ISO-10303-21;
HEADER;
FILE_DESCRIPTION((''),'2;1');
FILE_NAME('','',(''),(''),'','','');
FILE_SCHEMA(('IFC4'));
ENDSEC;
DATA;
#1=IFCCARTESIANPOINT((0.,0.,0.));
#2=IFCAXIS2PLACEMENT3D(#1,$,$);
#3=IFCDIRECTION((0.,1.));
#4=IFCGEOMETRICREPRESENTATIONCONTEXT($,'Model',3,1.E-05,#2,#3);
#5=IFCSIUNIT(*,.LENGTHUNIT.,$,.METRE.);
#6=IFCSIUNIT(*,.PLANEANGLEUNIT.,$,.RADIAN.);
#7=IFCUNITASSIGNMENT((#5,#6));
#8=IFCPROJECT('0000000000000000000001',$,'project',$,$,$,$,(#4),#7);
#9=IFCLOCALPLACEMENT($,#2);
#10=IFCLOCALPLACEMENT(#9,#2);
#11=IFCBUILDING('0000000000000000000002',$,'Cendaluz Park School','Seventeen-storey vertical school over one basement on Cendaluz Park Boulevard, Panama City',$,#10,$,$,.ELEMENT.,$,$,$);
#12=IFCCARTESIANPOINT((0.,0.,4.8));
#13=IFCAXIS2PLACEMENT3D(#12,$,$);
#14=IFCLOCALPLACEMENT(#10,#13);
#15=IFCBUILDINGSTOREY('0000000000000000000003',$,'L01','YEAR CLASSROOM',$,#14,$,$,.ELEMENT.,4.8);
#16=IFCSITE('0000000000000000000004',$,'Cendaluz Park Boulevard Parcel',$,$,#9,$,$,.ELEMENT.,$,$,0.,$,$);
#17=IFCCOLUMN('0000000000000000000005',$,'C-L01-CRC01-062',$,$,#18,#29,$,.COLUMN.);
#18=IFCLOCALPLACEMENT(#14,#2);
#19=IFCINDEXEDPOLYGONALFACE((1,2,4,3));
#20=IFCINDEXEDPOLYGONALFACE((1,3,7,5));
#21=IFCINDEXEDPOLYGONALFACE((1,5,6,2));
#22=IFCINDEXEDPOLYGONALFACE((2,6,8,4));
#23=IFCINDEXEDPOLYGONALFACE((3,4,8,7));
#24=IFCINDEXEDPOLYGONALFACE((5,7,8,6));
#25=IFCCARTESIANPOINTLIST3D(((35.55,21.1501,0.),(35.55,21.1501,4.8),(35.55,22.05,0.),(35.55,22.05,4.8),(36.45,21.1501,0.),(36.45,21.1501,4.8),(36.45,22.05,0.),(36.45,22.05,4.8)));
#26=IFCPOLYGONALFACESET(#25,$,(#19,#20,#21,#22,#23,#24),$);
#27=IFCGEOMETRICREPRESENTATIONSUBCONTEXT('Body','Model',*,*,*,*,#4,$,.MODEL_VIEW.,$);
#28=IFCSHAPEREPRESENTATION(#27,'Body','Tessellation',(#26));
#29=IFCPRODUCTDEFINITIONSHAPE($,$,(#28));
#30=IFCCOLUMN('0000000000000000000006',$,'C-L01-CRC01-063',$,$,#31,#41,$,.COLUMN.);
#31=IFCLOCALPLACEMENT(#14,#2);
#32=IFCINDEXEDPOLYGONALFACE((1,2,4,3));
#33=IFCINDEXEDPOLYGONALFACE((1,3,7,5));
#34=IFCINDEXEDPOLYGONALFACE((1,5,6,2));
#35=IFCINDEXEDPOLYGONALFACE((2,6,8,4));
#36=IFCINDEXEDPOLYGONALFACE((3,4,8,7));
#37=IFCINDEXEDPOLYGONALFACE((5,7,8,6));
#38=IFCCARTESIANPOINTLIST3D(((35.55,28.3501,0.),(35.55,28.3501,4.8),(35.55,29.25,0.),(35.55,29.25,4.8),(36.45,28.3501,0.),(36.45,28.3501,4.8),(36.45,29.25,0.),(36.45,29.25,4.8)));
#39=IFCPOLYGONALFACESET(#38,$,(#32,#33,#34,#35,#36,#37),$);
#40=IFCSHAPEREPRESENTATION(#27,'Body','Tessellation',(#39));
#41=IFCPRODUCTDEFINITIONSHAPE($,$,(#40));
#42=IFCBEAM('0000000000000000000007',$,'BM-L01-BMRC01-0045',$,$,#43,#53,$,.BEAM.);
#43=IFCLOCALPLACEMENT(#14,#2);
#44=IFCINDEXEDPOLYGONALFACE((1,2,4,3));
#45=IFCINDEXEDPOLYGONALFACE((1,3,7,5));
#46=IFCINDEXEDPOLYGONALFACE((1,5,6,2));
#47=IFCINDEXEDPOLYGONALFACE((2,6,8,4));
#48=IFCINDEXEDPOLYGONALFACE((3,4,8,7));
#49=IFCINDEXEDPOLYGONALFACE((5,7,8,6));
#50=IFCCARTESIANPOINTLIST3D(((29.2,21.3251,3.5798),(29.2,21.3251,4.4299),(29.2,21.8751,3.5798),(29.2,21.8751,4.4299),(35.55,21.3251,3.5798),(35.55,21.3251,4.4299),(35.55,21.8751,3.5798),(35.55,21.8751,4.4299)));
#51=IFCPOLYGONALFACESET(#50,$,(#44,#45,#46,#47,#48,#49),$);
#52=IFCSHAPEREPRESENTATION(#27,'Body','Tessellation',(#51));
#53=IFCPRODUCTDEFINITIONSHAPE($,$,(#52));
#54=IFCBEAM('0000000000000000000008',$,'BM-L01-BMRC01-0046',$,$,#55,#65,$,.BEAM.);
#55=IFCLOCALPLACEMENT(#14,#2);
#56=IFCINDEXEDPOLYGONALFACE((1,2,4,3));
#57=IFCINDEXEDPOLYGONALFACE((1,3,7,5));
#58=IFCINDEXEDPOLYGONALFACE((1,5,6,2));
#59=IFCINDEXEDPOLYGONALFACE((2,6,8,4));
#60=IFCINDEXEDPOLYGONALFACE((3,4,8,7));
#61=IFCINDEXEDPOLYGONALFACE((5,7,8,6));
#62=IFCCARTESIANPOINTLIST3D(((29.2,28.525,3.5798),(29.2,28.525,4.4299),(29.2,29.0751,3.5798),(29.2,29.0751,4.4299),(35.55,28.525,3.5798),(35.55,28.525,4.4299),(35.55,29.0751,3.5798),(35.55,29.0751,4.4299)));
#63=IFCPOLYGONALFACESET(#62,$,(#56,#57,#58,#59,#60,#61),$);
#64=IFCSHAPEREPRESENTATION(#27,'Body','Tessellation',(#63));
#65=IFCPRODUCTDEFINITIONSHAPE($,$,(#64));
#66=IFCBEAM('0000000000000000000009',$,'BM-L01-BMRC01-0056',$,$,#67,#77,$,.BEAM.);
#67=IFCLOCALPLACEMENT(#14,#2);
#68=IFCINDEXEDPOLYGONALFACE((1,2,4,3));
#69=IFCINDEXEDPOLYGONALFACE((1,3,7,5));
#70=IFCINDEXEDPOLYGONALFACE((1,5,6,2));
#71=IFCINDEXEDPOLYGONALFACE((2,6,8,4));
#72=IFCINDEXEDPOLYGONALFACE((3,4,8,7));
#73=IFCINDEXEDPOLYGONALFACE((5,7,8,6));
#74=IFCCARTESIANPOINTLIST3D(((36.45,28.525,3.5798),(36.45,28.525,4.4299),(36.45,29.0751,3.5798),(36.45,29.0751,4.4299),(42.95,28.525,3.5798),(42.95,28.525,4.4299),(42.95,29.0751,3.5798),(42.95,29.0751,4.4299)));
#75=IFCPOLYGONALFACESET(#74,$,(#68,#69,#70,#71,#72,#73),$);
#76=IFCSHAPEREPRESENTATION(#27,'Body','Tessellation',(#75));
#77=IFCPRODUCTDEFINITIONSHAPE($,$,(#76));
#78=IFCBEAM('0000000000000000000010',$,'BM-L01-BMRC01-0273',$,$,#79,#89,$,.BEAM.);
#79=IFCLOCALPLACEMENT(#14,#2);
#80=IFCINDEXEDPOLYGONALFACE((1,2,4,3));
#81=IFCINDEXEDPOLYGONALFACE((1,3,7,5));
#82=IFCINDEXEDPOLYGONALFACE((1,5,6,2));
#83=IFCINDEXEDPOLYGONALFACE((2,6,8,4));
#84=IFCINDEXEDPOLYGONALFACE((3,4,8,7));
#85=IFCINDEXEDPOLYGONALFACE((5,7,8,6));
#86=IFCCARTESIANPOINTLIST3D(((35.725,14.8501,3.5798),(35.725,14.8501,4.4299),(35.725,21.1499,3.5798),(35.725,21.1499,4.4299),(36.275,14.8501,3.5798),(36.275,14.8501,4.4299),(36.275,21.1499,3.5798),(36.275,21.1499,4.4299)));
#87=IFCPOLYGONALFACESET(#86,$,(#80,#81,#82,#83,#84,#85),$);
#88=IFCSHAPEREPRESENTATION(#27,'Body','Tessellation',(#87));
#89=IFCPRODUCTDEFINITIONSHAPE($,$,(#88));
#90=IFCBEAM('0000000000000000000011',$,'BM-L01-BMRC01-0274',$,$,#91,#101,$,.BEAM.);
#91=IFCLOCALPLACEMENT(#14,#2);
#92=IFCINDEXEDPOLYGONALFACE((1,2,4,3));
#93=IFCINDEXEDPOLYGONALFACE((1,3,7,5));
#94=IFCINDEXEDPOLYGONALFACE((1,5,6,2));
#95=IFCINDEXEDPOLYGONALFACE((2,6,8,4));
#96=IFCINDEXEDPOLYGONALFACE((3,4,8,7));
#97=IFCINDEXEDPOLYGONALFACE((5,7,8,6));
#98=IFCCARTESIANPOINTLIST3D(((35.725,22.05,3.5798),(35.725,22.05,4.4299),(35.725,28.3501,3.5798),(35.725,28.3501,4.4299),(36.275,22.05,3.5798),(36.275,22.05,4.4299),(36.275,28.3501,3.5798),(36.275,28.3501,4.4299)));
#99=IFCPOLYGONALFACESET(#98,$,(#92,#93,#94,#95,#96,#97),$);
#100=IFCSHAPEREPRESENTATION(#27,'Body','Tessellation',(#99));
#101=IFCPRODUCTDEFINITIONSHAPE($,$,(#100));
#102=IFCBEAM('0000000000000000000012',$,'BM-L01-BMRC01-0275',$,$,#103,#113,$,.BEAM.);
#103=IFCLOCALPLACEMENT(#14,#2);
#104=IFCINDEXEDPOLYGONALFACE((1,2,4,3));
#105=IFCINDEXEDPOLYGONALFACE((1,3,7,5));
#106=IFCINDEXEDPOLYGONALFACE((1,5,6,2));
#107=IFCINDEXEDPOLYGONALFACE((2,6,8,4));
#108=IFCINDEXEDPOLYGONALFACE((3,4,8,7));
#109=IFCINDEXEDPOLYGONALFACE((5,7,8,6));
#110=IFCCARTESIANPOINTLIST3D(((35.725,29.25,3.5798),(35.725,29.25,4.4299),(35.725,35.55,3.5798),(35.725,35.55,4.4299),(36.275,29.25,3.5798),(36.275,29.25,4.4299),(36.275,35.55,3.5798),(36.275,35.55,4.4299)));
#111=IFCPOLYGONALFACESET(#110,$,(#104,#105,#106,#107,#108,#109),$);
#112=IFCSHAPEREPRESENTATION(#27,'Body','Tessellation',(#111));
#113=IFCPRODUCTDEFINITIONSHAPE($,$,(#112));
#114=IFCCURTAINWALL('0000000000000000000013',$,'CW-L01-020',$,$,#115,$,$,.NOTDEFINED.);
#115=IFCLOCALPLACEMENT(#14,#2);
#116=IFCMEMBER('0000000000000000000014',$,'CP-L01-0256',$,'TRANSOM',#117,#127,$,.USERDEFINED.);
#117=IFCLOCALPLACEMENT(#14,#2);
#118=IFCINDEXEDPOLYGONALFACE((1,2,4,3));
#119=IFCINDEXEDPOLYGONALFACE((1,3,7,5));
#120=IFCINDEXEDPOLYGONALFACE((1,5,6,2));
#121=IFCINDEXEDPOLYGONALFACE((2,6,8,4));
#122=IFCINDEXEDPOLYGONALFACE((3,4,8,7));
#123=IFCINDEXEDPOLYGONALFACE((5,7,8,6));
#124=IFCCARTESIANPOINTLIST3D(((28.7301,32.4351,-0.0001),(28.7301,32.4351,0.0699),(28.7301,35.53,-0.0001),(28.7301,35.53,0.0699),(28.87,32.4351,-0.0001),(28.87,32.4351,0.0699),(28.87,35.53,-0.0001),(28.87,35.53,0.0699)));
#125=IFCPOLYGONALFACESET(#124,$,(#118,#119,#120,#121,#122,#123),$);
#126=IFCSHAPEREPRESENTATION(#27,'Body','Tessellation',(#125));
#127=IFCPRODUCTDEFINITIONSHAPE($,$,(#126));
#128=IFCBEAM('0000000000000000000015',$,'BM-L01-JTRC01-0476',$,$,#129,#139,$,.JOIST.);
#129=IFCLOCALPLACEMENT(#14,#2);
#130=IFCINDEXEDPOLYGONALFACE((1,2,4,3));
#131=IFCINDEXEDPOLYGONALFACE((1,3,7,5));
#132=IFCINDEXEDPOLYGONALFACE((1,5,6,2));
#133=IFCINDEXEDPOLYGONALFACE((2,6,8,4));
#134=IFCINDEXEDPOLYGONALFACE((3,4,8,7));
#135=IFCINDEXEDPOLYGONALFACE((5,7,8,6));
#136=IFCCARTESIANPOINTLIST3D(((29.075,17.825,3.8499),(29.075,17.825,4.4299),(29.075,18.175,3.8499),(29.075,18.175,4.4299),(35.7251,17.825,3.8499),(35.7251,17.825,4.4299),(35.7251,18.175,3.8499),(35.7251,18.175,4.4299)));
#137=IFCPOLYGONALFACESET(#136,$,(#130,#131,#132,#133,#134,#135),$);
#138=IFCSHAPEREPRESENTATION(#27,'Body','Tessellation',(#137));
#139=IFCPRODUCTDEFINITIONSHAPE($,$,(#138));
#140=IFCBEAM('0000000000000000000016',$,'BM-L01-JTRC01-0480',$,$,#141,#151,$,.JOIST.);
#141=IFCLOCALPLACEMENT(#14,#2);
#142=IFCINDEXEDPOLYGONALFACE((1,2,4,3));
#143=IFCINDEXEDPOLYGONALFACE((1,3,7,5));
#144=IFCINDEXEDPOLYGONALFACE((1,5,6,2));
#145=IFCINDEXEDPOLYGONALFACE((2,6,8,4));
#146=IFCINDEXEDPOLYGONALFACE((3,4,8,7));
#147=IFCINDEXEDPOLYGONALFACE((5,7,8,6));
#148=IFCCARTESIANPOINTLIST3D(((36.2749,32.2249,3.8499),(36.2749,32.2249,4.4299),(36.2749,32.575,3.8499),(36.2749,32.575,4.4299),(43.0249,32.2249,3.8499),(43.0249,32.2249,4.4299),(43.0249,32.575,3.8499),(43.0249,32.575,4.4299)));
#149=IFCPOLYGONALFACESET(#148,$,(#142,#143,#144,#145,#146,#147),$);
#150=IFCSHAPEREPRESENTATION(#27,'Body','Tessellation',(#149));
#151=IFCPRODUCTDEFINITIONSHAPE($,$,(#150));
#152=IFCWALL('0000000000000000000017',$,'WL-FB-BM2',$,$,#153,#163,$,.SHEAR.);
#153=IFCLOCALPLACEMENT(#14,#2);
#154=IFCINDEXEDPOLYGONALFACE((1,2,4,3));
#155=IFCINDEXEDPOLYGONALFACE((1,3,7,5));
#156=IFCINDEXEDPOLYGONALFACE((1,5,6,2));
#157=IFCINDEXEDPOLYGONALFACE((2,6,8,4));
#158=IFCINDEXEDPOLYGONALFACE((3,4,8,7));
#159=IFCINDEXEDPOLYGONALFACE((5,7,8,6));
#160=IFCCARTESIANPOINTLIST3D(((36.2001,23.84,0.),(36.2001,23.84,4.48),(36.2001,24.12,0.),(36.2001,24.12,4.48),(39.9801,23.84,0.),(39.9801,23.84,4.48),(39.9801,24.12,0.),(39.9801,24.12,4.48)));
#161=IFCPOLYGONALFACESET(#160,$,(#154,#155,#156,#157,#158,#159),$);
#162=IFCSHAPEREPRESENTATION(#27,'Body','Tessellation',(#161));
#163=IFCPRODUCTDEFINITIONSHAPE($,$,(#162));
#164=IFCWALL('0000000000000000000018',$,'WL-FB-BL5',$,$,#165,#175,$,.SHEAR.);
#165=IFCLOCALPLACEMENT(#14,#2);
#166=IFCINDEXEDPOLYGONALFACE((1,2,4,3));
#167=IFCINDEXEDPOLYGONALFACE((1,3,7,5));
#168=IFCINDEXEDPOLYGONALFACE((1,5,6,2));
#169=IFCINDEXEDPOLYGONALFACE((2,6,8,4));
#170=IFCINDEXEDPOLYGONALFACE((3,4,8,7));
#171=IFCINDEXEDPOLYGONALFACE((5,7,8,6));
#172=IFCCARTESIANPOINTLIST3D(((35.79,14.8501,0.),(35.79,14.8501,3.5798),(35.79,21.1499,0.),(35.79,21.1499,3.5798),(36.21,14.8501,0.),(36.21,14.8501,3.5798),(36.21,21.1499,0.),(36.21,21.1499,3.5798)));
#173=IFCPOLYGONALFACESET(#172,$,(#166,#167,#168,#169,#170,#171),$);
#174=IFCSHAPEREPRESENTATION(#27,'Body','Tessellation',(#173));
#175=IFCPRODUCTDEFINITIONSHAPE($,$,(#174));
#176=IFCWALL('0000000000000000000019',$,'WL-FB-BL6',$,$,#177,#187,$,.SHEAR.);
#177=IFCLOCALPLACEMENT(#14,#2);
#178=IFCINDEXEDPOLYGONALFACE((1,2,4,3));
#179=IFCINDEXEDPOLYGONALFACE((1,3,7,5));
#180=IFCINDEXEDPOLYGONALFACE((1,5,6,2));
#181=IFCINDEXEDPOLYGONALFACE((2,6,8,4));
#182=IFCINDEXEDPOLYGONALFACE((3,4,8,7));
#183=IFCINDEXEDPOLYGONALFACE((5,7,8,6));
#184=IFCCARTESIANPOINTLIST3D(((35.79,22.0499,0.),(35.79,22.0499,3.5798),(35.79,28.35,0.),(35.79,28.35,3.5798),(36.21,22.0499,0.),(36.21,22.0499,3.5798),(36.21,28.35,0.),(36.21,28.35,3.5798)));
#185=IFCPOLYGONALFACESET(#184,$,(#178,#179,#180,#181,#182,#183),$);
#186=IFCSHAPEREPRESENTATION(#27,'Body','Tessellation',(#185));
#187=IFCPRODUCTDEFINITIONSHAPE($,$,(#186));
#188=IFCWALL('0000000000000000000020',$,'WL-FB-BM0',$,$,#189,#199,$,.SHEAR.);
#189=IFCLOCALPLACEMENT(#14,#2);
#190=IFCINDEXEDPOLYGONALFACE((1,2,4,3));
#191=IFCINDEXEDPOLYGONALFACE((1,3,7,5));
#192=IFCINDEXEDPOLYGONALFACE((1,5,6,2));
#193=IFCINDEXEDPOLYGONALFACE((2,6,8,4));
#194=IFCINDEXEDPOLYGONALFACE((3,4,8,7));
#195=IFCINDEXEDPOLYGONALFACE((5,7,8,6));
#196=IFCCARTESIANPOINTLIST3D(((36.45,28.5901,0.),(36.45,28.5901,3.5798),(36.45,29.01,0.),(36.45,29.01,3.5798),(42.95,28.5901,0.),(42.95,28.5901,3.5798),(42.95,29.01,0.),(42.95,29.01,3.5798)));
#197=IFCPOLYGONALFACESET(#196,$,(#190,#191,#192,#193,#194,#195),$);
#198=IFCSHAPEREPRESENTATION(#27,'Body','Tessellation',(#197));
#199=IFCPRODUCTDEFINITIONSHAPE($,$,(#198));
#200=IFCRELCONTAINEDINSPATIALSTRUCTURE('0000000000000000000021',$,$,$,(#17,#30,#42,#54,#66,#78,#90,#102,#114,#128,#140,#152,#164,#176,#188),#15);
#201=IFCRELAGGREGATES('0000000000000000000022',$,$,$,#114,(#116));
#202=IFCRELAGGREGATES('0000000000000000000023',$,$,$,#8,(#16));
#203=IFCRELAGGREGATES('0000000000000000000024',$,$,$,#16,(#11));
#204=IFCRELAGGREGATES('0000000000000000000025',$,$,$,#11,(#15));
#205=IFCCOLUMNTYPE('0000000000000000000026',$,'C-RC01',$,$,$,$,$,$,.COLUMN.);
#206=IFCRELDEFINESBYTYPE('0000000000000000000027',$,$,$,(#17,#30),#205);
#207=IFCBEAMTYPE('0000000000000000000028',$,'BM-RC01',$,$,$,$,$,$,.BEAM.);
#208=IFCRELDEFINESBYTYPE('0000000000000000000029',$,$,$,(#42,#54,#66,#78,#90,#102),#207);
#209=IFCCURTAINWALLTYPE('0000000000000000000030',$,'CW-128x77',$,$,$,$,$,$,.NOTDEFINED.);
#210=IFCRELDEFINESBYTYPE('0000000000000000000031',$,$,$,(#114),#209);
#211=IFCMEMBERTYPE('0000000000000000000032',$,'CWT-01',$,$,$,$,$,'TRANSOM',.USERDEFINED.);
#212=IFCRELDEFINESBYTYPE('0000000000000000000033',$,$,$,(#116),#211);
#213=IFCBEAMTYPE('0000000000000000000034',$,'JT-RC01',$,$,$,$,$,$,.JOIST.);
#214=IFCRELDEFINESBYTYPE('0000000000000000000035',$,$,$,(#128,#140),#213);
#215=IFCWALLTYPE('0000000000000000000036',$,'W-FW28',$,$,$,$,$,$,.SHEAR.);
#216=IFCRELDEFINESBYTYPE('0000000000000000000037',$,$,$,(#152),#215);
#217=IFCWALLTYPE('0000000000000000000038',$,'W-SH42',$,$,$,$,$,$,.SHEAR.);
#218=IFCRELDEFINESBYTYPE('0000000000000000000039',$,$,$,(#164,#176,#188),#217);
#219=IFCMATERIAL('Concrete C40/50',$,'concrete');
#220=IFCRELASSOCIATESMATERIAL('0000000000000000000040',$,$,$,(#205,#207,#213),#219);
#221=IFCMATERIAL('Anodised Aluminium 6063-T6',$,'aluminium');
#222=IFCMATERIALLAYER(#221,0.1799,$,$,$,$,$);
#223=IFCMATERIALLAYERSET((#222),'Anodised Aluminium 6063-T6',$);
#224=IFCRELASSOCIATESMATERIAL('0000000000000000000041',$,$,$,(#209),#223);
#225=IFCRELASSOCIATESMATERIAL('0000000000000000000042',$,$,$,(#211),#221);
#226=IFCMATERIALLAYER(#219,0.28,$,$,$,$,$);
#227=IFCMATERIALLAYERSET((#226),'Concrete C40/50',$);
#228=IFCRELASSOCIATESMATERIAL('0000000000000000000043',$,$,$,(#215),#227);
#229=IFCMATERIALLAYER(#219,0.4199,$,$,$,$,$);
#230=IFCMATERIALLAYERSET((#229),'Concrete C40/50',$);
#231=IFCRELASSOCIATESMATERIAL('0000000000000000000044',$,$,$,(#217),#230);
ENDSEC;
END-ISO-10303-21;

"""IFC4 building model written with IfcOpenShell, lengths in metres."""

from ifc_helpers import new_model, si_unit, direction, frame, frame_2d, origin, origin_2d, place, context, subcontext, project, spatial, rectangle, extrude, material, layer, layer_set, material_profile, profile_set, type_object, element, aggregate, save


model = new_model("IFC4")

# Units and contexts
model_context = context("Model", 3, precision=1e-05, world=origin(), true_north=direction((0.0, 1.0)))
body_context = subcontext(model_context, "Body", "Model", "MODEL_VIEW")
ifc_project = project(units=[si_unit("LENGTHUNIT", "METRE"), si_unit("PLANEANGLEUNIT", "RADIAN")], contexts=[model_context])

# Site, building, storey
site_placement = place(None, origin())
site = spatial("IfcSite", under=ifc_project, at=site_placement, Name="Cendaluz Park Boulevard Parcel", CompositionType="ELEMENT", RefElevation=0.0)
building_placement = place(site_placement, origin())
building = spatial("IfcBuilding", under=site, at=building_placement, Name="Cendaluz Park School", Description="Seventeen-storey vertical school over one basement on Cendaluz Park Boulevard, Panama City", CompositionType="ELEMENT")
storey_placement = place(building_placement, frame((0.0, 0.0, 4.8)))
storey = spatial("IfcBuildingStorey", under=building, at=storey_placement, Name="L01", Description="YEAR CLASSROOM", CompositionType="ELEMENT", Elevation=4.8)

# Columns
ifc_material_1 = material(Name="Concrete C40/50", Category="concrete")
ifc_material_profile_1 = material_profile(ifc_material_1, rectangle(XDim=0.8999, YDim=0.8999, at=origin_2d()), Name="RC 900x900", Category="concrete")
ifc_profile_set_1 = profile_set([ifc_material_profile_1], Name="Concrete C40/50")
column_type = type_object("IfcColumnType", Name="C-RC01", PredefinedType="COLUMN", material=ifc_profile_set_1)
for number, where, z_axis, x_axis, name in (
    (1, (36.0, 21.6001, 0.0), (0.0, 0.0, 1.0), (1.0, 0.0, 0.0), "C-L01-CRC01-062"),
    (2, (36.0, 28.8, 0.0), (0.0, 0.0, 1.0), (1.0, 0.0, 0.0), "C-L01-CRC01-063"),
):
    element("IfcColumn", number, at=place(storey_placement, frame(where, z_axis=z_axis, x_axis=x_axis)), inside=storey, type_object=column_type, Name=name, PredefinedType="COLUMN", context=body_context, shape_type="SweptSolid", body=[
        extrude(rectangle(XDim=0.8999, YDim=0.8999, at=origin_2d()), origin(), (0.0, 0.0, 1.0), 4.8),
    ])

# Beams
ifc_material_profile_2 = material_profile(ifc_material_1, rectangle(XDim=0.55, YDim=0.8501, at=origin_2d()), Name="RC 550x850", Category="concrete")
ifc_profile_set_2 = profile_set([ifc_material_profile_2], Name="Concrete C40/50")
beam_type_1 = type_object("IfcBeamType", Name="BM-RC01", PredefinedType="BEAM", material=ifc_profile_set_2)
for number, where, z_axis, x_axis, name in (
    (3, (29.2, 21.6001, 4.0049), (1.0, 0.0, 0.0), (0.0, 1.0, 0.0), "BM-L01-BMRC01-0045"),
    (4, (29.2, 28.8, 4.0049), (1.0, 0.0, 0.0), (0.0, 1.0, 0.0), "BM-L01-BMRC01-0046"),
):
    element("IfcBeam", number, at=place(storey_placement, frame(where, z_axis=z_axis, x_axis=x_axis)), inside=storey, type_object=beam_type_1, Name=name, PredefinedType="BEAM", context=body_context, shape_type="SweptSolid", body=[
        extrude(rectangle(XDim=0.55, YDim=0.8501, at=origin_2d()), origin(), (0.0, 0.0, 1.0), 6.3501),
    ])
beam_1_placement = place(storey_placement, frame((36.45, 28.8, 4.0049), z_axis=(1.0, 0.0, 0.0), x_axis=(0.0, 1.0, 0.0)))
element("IfcBeam", 5, at=beam_1_placement, inside=storey, type_object=beam_type_1, Name="BM-L01-BMRC01-0056", PredefinedType="BEAM", context=body_context, shape_type="SweptSolid", body=[
    extrude(rectangle(XDim=0.55, YDim=0.8501, at=origin_2d()), origin(), (0.0, 0.0, 1.0), 6.5),
])
beam_2_placement = place(storey_placement, frame((36.0, 14.8501, 4.0049), z_axis=(0.0, 1.0, 0.0), x_axis=(-1.0, 0.0, 0.0)))
element("IfcBeam", 6, at=beam_2_placement, inside=storey, type_object=beam_type_1, Name="BM-L01-BMRC01-0273", PredefinedType="BEAM", context=body_context, shape_type="SweptSolid", body=[
    extrude(rectangle(XDim=0.55, YDim=0.8501, at=origin_2d()), origin(), (0.0, 0.0, 1.0), 6.2998),
])
for number, where, z_axis, x_axis, name in (
    (7, (36.0, 22.05, 4.0049), (0.0, 1.0, 0.0), (-1.0, 0.0, 0.0), "BM-L01-BMRC01-0274"),
    (8, (36.0, 29.25, 4.0049), (0.0, 1.0, 0.0), (-1.0, 0.0, 0.0), "BM-L01-BMRC01-0275"),
):
    element("IfcBeam", number, at=place(storey_placement, frame(where, z_axis=z_axis, x_axis=x_axis)), inside=storey, type_object=beam_type_1, Name=name, PredefinedType="BEAM", context=body_context, shape_type="SweptSolid", body=[
        extrude(rectangle(XDim=0.55, YDim=0.8501, at=origin_2d()), origin(), (0.0, 0.0, 1.0), 6.3),
    ])

# Curtain wall, member
ifc_material_2 = material(Name="Anodised Aluminium 6063-T6", Category="aluminium")
ifc_layer_1 = layer(ifc_material_2, 0.1799)
ifc_layer_set_1 = layer_set([ifc_layer_1], Name="Anodised Aluminium 6063-T6")
curtain_wall_type = type_object("IfcCurtainWallType", Name="CW-128x77", PredefinedType="NOTDEFINED", material=ifc_layer_set_1)
curtain_wall_placement = place(storey_placement, origin())
curtain_wall = element("IfcCurtainWall", 9, at=curtain_wall_placement, inside=storey, type_object=curtain_wall_type, Name="CW-L01-020", PredefinedType="NOTDEFINED")
ifc_material_profile_3 = material_profile(ifc_material_2, rectangle(XDim=0.1399, YDim=0.0701, at=origin_2d()), Name="CWT 140x70", Category="aluminium")
ifc_profile_set_3 = profile_set([ifc_material_profile_3], Name="Anodised Aluminium 6063-T6")
member_type = type_object("IfcMemberType", Name="CWT-01", ElementType="TRANSOM", PredefinedType="USERDEFINED", material=ifc_profile_set_3)
member_placement = place(storey_placement, frame((28.8, 32.4351, 0.0349), z_axis=(0.0, 1.0, 0.0), x_axis=(-1.0, 0.0, 0.0)))
member = element("IfcMember", 10, at=member_placement, type_object=member_type, Name="CP-L01-0256", ObjectType="TRANSOM", PredefinedType="USERDEFINED", context=body_context, shape_type="SweptSolid", body=[
    extrude(rectangle(XDim=0.1399, YDim=0.0701, at=origin_2d()), origin(), (0.0, 0.0, 1.0), 3.095),
])
aggregate(curtain_wall, [member])

# Beams
ifc_material_profile_4 = material_profile(ifc_material_1, rectangle(XDim=0.3501, YDim=0.5801, at=origin_2d()), Name="RC 350x580", Category="concrete")
ifc_profile_set_4 = profile_set([ifc_material_profile_4], Name="Concrete C40/50")
beam_type_2 = type_object("IfcBeamType", Name="JT-RC01", PredefinedType="JOIST", material=ifc_profile_set_4)
beam_3_placement = place(storey_placement, frame((29.075, 18.0, 4.1399), z_axis=(1.0, 0.0, 0.0), x_axis=(0.0, 1.0, 0.0)))
element("IfcBeam", 11, at=beam_3_placement, inside=storey, type_object=beam_type_2, Name="BM-L01-JTRC01-0476", PredefinedType="JOIST", context=body_context, shape_type="SweptSolid", body=[
    extrude(rectangle(XDim=0.3501, YDim=0.5801, at=origin_2d()), origin(), (0.0, 0.0, 1.0), 6.6501),
])
beam_4_placement = place(storey_placement, frame((36.2749, 32.3999, 4.1399), z_axis=(1.0, 0.0, 0.0), x_axis=(0.0, 1.0, 0.0)))
element("IfcBeam", 12, at=beam_4_placement, inside=storey, type_object=beam_type_2, Name="BM-L01-JTRC01-0480", PredefinedType="JOIST", context=body_context, shape_type="SweptSolid", body=[
    extrude(rectangle(XDim=0.3501, YDim=0.5801, at=origin_2d()), origin(), (0.0, 0.0, 1.0), 6.75),
])

# Wall
ifc_layer_2 = layer(ifc_material_1, 0.28)
ifc_layer_set_2 = layer_set([ifc_layer_2], Name="Concrete C40/50")
wall_type_1 = type_object("IfcWallType", Name="W-FW28", PredefinedType="SHEAR", material=ifc_layer_set_2)
wall_1_placement = place(storey_placement, frame((36.2, 23.98, 0.0), z_axis=(0.0, 0.0, 1.0), x_axis=(1.0, 0.0, 0.0)))
element("IfcWall", 13, at=wall_1_placement, inside=storey, type_object=wall_type_1, Name="WL-FB-BM2", PredefinedType="SHEAR", context=body_context, shape_type="SweptSolid", body=[
    extrude(rectangle(XDim=3.78, YDim=0.28, at=frame_2d((1.8901, 0.0))), origin(), (0.0, 0.0, 1.0), 4.48),
])

# Walls
ifc_layer_3 = layer(ifc_material_1, 0.4199)
ifc_layer_set_3 = layer_set([ifc_layer_3], Name="Concrete C40/50")
wall_type_2 = type_object("IfcWallType", Name="W-SH42", PredefinedType="SHEAR", material=ifc_layer_set_3)
wall_2_placement = place(storey_placement, frame((36.0, 14.8501, 0.0), z_axis=(0.0, 0.0, 1.0), x_axis=(0.0, 1.0, 0.0)))
element("IfcWall", 14, at=wall_2_placement, inside=storey, type_object=wall_type_2, Name="WL-FB-BL5", PredefinedType="SHEAR", context=body_context, shape_type="SweptSolid", body=[
    extrude(rectangle(XDim=6.2998, YDim=0.4199, at=frame_2d((3.1499, 0.0))), origin(), (0.0, 0.0, 1.0), 3.5798),
])
wall_3_placement = place(storey_placement, frame((36.0, 22.05, 0.0), z_axis=(0.0, 0.0, 1.0), x_axis=(0.0, 1.0, 0.0)))
element("IfcWall", 15, at=wall_3_placement, inside=storey, type_object=wall_type_2, Name="WL-FB-BL6", PredefinedType="SHEAR", context=body_context, shape_type="SweptSolid", body=[
    extrude(rectangle(XDim=6.3, YDim=0.4199, at=frame_2d((3.1499, 0.0))), origin(), (0.0, 0.0, 1.0), 3.5798),
])
wall_4_placement = place(storey_placement, frame((36.45, 28.8, 0.0), z_axis=(0.0, 0.0, 1.0), x_axis=(1.0, 0.0, 0.0)))
element("IfcWall", 16, at=wall_4_placement, inside=storey, type_object=wall_type_2, Name="WL-FB-BM0", PredefinedType="SHEAR", context=body_context, shape_type="SweptSolid", body=[
    extrude(rectangle(XDim=6.5, YDim=0.4199, at=frame_2d((3.25, 0.0))), origin(), (0.0, 0.0, 1.0), 3.5798),
])

save(model, "model.ifc")
